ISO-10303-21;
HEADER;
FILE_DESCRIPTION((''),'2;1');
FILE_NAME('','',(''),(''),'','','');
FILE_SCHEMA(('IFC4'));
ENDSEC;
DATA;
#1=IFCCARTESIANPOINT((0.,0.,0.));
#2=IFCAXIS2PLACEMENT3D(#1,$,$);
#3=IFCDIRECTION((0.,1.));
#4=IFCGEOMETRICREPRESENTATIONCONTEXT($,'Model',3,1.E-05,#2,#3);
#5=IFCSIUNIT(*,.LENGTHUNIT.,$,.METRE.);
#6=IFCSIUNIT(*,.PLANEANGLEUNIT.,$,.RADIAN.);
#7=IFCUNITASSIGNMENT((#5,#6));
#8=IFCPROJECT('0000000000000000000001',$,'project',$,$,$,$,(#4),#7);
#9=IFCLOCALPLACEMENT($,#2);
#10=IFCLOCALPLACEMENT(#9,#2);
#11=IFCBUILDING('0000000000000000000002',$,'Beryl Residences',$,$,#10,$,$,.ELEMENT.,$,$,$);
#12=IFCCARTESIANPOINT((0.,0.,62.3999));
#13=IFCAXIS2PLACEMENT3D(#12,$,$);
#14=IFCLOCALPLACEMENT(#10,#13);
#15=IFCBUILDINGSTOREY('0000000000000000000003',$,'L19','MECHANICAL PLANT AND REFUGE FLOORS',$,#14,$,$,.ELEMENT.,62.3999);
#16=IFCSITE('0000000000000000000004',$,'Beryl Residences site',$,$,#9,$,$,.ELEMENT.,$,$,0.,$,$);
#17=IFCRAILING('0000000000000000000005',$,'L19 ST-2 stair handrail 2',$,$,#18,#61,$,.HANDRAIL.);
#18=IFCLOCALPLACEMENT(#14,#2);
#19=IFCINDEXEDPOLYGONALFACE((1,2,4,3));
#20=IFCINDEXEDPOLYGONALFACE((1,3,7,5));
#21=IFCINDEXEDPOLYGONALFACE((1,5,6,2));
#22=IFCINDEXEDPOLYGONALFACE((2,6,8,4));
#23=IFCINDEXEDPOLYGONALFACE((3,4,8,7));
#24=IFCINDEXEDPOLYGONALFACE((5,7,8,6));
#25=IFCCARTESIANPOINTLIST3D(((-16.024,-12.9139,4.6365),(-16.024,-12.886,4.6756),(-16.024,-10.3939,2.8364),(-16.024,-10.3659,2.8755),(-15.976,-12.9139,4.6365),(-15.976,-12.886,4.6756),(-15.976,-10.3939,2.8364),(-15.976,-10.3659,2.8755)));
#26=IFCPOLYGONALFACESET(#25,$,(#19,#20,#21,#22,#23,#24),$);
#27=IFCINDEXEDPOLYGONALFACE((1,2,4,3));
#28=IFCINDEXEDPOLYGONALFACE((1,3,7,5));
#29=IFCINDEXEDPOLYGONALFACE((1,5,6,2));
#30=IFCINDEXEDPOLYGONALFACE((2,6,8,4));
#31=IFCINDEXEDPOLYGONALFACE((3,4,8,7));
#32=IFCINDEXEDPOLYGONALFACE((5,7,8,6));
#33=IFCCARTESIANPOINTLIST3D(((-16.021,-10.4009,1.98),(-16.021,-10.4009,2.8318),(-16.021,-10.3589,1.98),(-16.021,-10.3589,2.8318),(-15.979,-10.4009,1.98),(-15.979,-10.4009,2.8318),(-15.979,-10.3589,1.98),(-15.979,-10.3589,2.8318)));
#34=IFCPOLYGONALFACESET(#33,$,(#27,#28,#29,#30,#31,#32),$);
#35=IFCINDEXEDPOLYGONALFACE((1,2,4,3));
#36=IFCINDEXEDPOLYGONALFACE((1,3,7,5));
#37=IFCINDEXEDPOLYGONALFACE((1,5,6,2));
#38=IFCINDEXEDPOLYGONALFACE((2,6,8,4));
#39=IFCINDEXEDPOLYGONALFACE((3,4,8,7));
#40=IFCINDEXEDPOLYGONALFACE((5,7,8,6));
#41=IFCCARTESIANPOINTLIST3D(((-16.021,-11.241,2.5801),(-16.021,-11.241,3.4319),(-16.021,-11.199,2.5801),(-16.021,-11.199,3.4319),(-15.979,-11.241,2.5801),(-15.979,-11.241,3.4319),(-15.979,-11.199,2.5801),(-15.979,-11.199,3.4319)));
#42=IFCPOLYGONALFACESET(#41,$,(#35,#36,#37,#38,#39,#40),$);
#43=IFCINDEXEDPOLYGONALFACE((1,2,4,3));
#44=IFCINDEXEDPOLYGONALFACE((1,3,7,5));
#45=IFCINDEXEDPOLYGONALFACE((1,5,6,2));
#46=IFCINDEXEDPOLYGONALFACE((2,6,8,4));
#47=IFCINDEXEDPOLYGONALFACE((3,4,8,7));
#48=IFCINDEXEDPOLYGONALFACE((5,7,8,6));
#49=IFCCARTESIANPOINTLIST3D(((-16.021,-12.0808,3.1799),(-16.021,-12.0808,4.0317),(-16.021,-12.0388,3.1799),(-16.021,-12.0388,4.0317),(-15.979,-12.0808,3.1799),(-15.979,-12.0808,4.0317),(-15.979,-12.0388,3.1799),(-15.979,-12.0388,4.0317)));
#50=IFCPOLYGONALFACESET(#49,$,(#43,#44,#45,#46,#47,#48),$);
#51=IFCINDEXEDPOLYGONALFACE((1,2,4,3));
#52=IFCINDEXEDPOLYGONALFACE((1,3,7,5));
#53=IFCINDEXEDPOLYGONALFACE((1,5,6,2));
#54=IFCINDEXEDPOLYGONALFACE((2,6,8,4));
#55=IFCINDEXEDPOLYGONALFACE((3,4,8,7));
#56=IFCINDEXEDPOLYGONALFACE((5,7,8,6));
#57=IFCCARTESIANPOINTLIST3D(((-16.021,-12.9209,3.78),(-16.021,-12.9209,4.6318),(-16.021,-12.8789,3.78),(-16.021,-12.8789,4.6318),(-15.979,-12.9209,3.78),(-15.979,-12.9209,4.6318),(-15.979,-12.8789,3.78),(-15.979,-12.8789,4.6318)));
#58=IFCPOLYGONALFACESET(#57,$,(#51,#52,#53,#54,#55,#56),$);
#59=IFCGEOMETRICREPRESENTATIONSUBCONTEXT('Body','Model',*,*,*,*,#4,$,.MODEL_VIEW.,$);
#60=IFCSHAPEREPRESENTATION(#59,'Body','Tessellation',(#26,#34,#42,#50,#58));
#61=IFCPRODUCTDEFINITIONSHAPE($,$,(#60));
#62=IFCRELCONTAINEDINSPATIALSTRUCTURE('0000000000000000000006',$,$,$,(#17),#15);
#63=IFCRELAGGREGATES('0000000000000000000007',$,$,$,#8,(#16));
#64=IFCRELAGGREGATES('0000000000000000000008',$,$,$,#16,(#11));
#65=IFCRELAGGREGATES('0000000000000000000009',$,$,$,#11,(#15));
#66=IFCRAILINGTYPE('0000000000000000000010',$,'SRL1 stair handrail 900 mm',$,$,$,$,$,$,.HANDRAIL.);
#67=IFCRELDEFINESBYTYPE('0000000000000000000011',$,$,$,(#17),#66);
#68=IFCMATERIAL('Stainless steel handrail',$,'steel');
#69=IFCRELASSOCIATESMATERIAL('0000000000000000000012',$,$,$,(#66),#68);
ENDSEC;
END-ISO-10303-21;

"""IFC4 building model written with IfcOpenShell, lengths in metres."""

from ifc_helpers import new_model, si_unit, direction, frame, origin, origin_2d, place, context, subcontext, project, spatial, rectangle, extrude, material, type_object, element, save


model = new_model("IFC4")

# Units and contexts
model_context = context("Model", 3, precision=1e-05, world=origin(), true_north=direction((0.0, 1.0)))
body_context = subcontext(model_context, "Body", "Model", "MODEL_VIEW")
ifc_project = project(units=[si_unit("LENGTHUNIT", "METRE"), si_unit("PLANEANGLEUNIT", "RADIAN")], contexts=[model_context])

# Site, building, storey
site_placement = place(None, origin())
site = spatial("IfcSite", under=ifc_project, at=site_placement, Name="Beryl Residences site", CompositionType="ELEMENT", RefElevation=0.0)
building_placement = place(site_placement, origin())
building = spatial("IfcBuilding", under=site, at=building_placement, Name="Beryl Residences", CompositionType="ELEMENT")
storey_placement = place(building_placement, frame((0.0, 0.0, 62.3999)))
storey = spatial("IfcBuildingStorey", under=building, at=storey_placement, Name="L19", Description="MECHANICAL PLANT AND REFUGE FLOORS", CompositionType="ELEMENT", Elevation=62.3999)

# Railing
ifc_material_1 = material(Name="Stainless steel handrail", Category="steel")
railing_type = type_object("IfcRailingType", Name="SRL1 stair handrail 900 mm", PredefinedType="HANDRAIL", material=ifc_material_1)
railing_placement = place(storey_placement, frame((-16.0, -10.3799, 1.98)))
element("IfcRailing", 1, at=railing_placement, inside=storey, type_object=railing_type, Name="L19 ST-2 stair handrail 2", PredefinedType="HANDRAIL", context=body_context, shape_type="SweptSolid", body=[
    extrude(rectangle(XDim=0.0481, YDim=0.0481, at=origin_2d()), frame((0.0, 0.0, 0.876), z_axis=(0.0, -0.813728, 0.581246), x_axis=(1.0, 0.0, 0.0)), (0.0, 0.0, 1.0), 3.0969),
    extrude(rectangle(XDim=0.042, YDim=0.042, at=origin_2d()), origin(), (0.0, 0.0, 1.0), 0.8518),
    extrude(rectangle(XDim=0.042, YDim=0.042, at=origin_2d()), frame((0.0, -0.8401, 0.6001)), (0.0, 0.0, 1.0), 0.8518),
    extrude(rectangle(XDim=0.042, YDim=0.042, at=origin_2d()), frame((0.0, -1.6799, 1.2)), (0.0, 0.0, 1.0), 0.8518),
    extrude(rectangle(XDim=0.042, YDim=0.042, at=origin_2d()), frame((0.0, -2.52, 1.8)), (0.0, 0.0, 1.0), 0.8518),
])

save(model, "model.ifc")
